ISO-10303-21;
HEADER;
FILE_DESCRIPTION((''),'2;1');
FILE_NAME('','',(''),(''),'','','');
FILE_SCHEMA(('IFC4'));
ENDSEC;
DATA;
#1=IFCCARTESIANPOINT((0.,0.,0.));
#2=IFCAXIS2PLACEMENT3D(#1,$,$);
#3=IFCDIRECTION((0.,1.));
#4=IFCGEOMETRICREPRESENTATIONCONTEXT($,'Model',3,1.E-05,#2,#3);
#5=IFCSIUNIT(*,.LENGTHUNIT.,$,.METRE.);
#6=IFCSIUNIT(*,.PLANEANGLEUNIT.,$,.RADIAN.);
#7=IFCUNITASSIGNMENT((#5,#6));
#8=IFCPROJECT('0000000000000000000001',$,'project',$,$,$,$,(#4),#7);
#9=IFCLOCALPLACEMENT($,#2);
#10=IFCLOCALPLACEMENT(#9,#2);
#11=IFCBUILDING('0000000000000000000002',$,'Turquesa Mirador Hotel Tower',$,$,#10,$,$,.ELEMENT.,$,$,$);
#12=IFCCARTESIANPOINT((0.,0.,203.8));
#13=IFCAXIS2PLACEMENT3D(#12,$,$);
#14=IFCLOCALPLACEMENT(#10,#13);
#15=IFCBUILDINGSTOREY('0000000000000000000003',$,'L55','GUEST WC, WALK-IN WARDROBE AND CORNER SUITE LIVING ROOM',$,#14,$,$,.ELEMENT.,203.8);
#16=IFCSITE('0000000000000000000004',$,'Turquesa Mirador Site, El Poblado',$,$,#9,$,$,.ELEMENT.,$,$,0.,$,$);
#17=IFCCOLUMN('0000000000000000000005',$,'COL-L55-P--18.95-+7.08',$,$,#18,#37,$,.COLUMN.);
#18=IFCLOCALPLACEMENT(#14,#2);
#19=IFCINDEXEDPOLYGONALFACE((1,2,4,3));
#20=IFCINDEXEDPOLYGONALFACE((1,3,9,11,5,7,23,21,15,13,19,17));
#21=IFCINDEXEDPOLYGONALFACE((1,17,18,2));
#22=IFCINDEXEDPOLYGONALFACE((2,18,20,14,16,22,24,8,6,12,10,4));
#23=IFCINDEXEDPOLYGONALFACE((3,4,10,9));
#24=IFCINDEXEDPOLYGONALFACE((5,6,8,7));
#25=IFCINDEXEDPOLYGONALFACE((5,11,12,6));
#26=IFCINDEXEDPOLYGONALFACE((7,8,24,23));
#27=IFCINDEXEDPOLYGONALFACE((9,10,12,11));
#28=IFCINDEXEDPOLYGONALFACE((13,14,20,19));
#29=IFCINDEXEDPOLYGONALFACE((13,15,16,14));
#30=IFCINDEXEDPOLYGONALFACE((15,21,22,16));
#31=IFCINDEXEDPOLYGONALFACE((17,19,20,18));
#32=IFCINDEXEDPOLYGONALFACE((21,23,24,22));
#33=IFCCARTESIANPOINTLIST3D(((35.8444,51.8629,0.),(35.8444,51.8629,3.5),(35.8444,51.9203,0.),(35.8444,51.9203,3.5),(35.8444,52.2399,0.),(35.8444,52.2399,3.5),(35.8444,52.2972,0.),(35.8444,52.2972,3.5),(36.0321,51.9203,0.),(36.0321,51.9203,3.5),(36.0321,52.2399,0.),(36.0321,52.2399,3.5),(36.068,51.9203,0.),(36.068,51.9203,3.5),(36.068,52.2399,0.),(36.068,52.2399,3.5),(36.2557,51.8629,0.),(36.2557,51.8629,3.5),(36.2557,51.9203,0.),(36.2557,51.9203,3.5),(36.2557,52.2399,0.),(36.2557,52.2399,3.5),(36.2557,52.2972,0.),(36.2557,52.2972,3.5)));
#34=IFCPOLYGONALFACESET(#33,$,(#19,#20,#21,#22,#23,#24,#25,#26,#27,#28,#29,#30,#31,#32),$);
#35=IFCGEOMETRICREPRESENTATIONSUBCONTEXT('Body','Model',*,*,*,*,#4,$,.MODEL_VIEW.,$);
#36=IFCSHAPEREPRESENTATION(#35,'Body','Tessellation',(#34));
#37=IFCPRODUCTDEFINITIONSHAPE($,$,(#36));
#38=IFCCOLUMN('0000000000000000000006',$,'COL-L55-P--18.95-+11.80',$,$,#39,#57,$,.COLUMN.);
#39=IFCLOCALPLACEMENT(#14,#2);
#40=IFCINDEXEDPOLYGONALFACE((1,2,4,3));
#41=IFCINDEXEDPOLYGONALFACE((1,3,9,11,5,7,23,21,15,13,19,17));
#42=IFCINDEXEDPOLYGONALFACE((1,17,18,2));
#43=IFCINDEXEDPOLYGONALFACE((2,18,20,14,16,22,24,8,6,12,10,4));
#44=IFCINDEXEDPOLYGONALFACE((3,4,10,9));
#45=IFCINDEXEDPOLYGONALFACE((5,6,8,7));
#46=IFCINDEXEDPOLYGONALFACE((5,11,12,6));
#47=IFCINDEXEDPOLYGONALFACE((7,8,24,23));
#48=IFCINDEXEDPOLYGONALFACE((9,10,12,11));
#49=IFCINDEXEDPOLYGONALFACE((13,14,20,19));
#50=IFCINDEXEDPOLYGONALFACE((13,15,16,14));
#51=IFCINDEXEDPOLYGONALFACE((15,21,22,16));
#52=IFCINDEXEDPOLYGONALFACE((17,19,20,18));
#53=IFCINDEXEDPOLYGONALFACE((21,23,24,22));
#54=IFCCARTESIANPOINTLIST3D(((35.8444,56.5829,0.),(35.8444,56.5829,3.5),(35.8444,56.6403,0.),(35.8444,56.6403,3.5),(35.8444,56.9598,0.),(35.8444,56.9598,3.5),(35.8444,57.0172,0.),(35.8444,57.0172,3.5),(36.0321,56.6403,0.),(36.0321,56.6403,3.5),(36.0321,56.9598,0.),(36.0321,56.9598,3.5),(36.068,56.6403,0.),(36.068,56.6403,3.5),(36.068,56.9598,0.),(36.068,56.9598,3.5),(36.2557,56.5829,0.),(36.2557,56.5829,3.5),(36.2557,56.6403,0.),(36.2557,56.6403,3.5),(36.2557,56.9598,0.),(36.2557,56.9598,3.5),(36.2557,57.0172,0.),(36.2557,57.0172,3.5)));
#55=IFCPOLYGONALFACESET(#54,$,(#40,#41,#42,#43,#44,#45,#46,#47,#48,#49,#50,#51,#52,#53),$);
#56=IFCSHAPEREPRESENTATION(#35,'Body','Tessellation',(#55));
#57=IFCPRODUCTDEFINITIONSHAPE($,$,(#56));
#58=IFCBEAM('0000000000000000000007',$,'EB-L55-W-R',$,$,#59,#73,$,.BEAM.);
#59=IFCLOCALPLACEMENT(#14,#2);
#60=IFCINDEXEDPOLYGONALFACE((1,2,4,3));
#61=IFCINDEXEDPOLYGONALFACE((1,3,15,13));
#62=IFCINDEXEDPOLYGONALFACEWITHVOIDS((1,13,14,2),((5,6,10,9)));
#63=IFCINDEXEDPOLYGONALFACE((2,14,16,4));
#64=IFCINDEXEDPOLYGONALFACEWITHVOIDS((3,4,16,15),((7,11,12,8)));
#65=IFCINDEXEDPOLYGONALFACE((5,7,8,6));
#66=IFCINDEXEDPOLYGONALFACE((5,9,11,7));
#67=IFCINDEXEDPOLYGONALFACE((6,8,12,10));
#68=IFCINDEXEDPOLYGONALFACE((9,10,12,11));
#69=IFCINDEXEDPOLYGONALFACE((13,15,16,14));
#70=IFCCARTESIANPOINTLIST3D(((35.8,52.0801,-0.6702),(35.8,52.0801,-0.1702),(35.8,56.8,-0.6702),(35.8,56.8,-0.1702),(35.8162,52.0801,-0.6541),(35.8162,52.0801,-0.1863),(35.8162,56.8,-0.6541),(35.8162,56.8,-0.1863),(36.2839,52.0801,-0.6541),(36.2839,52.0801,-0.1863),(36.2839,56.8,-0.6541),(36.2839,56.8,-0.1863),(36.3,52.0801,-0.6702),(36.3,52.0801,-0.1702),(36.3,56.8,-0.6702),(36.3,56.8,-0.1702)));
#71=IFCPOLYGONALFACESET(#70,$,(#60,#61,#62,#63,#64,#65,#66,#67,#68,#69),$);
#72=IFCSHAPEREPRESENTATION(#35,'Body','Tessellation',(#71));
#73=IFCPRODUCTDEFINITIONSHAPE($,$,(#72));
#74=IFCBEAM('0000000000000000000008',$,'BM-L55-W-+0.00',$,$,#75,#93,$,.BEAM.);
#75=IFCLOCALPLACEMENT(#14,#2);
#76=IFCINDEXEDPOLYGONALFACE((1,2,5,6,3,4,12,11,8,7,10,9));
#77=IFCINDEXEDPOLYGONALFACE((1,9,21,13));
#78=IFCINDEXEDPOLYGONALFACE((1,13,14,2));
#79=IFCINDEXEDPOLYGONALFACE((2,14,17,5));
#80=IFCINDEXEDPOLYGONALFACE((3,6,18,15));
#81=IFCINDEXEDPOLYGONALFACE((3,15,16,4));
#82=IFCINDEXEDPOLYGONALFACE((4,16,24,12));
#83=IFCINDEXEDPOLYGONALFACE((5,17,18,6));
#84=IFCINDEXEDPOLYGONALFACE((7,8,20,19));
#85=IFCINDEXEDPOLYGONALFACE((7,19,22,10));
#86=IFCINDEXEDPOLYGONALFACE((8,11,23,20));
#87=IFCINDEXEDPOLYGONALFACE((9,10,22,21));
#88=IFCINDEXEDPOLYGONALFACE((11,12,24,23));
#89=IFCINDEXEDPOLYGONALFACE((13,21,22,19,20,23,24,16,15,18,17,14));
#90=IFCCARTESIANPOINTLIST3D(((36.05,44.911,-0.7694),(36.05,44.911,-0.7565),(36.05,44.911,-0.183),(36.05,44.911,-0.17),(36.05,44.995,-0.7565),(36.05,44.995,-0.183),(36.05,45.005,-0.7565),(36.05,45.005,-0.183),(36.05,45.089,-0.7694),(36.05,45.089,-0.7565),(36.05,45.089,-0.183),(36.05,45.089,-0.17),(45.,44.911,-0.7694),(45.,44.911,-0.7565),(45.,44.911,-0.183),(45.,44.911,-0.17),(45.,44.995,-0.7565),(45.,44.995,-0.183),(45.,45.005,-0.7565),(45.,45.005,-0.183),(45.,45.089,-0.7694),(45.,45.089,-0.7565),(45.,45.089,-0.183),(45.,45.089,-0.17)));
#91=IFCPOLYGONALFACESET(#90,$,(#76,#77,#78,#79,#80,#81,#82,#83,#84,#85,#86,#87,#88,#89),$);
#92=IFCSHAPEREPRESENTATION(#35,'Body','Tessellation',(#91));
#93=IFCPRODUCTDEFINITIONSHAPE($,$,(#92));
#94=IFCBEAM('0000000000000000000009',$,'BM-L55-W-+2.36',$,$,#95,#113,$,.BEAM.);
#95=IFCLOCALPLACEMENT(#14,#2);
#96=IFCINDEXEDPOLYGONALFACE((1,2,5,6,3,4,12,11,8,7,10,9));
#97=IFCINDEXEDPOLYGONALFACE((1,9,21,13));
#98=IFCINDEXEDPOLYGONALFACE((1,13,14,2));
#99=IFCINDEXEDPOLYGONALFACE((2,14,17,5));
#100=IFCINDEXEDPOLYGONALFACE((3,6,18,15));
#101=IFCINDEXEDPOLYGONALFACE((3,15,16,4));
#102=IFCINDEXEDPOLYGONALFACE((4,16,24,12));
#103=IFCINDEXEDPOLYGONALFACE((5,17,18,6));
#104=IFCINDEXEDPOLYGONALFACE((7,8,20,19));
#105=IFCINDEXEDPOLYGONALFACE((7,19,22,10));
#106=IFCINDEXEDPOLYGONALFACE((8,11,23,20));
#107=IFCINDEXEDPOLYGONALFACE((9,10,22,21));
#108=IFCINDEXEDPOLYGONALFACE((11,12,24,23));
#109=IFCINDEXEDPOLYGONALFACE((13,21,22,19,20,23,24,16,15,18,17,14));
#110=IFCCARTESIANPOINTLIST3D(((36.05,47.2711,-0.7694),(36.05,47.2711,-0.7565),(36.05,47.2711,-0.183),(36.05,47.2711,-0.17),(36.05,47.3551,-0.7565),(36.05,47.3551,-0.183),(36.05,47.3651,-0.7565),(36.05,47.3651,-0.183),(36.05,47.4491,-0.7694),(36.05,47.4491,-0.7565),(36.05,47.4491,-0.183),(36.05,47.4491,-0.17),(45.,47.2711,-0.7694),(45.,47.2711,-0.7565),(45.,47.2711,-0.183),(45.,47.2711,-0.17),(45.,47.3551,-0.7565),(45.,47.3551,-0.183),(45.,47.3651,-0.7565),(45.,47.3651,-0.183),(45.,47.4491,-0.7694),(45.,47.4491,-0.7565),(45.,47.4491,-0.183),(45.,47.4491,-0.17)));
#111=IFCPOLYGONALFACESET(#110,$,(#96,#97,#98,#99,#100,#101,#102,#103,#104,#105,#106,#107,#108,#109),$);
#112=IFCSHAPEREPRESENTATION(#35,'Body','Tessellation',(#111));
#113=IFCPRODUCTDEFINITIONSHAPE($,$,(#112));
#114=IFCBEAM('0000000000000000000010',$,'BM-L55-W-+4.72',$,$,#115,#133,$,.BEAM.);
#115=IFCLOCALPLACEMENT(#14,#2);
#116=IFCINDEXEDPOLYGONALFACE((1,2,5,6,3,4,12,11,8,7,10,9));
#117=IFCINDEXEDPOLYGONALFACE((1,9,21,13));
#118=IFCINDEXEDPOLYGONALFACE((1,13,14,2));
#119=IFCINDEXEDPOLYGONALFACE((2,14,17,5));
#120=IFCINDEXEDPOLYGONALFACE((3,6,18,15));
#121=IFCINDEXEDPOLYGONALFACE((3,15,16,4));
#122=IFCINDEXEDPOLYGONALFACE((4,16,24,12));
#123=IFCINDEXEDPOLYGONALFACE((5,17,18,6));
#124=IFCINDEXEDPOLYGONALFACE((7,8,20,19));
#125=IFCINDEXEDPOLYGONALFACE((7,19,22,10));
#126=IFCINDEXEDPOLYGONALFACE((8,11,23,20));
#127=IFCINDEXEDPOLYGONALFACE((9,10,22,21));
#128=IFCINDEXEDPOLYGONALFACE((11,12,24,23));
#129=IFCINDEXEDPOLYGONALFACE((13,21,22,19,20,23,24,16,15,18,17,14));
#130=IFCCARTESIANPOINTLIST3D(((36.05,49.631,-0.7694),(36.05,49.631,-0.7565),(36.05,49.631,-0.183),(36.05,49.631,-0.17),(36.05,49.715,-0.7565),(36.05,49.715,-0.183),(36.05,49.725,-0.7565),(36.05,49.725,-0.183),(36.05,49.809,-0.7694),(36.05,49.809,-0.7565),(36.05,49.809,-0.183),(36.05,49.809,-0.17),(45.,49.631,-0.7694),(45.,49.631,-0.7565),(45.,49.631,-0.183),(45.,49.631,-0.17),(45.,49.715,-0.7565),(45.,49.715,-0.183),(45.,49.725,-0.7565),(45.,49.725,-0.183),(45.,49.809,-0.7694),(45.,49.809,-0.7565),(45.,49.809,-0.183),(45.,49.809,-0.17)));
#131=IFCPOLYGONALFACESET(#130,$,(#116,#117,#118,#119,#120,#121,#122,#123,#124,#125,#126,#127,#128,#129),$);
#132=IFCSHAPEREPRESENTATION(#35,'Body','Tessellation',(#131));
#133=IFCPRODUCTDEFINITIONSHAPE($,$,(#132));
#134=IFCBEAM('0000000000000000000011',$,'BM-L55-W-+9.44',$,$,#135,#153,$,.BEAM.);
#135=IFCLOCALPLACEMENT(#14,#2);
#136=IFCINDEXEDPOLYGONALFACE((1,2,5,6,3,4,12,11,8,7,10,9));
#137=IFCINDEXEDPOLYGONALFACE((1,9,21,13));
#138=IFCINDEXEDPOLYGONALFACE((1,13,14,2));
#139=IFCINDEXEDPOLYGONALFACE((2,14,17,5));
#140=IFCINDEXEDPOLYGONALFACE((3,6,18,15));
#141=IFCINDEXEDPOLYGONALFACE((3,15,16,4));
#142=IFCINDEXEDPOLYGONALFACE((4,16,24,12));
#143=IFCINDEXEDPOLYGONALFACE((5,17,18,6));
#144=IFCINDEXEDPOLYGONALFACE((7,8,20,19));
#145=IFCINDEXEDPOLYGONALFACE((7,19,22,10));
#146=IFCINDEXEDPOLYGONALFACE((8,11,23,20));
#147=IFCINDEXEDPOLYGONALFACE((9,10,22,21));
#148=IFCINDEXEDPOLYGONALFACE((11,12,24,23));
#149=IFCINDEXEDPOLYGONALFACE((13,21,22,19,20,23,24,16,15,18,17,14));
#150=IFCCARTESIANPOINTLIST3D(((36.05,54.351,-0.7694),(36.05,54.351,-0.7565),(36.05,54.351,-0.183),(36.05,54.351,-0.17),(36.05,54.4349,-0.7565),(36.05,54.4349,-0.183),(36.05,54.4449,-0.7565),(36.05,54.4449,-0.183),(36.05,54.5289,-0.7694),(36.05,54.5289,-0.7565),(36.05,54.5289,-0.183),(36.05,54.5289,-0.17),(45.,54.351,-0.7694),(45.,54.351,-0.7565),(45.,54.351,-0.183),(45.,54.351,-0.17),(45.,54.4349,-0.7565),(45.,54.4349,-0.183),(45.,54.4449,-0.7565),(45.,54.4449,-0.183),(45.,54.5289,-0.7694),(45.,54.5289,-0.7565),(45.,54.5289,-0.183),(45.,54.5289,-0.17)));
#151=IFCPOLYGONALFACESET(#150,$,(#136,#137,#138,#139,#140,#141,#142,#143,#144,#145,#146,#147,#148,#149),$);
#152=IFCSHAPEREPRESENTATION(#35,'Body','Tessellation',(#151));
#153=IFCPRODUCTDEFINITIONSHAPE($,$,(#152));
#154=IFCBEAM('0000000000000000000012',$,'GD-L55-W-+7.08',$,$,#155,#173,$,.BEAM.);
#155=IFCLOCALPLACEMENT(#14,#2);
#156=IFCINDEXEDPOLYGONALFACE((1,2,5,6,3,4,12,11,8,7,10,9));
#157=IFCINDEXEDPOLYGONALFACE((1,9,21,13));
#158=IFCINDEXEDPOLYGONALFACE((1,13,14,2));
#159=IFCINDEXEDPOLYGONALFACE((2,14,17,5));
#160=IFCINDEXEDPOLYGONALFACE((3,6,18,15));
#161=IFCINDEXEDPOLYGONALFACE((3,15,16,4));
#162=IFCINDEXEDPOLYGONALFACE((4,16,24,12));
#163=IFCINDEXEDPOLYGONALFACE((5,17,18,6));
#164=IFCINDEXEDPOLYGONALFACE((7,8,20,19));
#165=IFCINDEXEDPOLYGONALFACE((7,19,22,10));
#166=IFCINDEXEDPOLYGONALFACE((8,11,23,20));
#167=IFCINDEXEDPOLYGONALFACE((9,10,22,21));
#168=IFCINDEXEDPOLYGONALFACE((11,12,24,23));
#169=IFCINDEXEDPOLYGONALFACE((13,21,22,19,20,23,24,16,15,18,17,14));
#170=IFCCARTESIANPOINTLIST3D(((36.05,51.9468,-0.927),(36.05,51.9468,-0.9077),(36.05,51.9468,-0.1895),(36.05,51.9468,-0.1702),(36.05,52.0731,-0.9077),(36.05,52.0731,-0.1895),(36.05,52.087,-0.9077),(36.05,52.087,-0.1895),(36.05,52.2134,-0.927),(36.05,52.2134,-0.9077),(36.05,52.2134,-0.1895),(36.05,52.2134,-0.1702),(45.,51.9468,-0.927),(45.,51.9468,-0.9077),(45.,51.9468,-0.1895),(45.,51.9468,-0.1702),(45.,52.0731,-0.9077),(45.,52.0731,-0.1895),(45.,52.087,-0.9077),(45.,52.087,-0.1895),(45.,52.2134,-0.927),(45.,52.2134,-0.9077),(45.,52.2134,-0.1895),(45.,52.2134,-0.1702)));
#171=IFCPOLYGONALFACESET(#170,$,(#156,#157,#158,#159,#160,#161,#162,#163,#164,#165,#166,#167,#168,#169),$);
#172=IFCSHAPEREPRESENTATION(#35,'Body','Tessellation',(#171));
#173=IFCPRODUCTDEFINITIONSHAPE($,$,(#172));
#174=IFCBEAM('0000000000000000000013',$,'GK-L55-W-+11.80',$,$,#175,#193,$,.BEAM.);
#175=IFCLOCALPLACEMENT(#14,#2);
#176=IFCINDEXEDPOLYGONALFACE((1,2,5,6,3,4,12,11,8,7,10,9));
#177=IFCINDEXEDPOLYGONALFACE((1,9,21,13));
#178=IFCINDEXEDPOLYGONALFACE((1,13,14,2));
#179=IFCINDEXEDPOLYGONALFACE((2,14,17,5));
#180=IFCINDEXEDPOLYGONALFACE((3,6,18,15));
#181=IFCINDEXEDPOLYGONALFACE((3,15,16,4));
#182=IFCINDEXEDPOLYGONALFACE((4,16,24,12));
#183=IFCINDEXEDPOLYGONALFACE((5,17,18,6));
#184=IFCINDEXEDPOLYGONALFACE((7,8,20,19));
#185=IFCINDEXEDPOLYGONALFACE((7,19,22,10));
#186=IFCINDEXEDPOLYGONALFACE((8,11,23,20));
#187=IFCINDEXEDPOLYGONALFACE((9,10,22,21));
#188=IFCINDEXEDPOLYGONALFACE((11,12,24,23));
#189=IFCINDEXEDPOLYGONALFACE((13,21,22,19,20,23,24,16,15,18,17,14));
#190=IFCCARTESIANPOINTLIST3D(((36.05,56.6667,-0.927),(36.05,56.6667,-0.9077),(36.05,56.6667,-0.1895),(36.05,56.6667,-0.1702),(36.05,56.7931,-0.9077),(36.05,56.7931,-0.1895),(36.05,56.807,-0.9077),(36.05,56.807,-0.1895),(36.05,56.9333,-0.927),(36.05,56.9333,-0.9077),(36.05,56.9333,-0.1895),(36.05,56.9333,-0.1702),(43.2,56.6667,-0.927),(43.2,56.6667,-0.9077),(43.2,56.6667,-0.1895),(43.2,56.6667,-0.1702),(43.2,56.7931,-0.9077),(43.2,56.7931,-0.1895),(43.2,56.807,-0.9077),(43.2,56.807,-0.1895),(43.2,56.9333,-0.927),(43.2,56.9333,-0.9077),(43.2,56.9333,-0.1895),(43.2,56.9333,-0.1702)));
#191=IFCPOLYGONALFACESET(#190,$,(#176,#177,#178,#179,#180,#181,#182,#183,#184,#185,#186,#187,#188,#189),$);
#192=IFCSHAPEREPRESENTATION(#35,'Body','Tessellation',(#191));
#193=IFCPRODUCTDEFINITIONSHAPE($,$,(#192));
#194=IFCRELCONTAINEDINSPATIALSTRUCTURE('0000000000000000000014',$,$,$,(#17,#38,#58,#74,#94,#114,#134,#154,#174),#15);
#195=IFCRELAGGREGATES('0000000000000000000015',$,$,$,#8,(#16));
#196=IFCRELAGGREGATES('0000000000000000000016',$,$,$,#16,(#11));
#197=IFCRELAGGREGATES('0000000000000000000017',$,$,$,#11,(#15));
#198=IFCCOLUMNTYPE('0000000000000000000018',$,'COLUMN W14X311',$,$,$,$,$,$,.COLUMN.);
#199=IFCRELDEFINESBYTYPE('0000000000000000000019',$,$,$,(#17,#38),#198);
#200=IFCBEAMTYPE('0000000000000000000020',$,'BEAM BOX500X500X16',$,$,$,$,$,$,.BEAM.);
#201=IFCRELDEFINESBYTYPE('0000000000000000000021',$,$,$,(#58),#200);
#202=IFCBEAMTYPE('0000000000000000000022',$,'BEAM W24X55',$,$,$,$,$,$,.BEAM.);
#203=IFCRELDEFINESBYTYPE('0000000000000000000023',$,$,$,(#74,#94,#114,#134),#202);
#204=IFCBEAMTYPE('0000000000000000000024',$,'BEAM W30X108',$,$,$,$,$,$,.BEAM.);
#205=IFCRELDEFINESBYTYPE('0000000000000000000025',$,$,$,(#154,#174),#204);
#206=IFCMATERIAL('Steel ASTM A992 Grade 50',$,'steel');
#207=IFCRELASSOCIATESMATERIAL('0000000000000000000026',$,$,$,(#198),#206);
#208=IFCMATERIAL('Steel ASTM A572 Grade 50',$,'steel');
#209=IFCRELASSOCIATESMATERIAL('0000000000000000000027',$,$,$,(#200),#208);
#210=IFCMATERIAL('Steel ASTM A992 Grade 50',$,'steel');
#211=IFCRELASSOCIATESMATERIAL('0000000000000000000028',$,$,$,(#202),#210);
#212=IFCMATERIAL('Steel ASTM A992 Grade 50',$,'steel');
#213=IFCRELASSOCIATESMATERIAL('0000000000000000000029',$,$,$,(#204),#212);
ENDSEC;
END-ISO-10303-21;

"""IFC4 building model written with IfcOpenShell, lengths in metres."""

from ifc_helpers import new_model, si_unit, direction, frame, origin, origin_2d, place, context, subcontext, project, spatial, hollow_rectangle, i_section, extrude, material, material_profile, profile_set, type_object, element, save


model = new_model("IFC4")

# Units and contexts
model_context = context("Model", 3, precision=1e-05, world=origin(), true_north=direction((0.0, 1.0)))
body_context = subcontext(model_context, "Body", "Model", "MODEL_VIEW")
ifc_project = project(units=[si_unit("LENGTHUNIT", "METRE"), si_unit("PLANEANGLEUNIT", "RADIAN")], contexts=[model_context])

# Site, building, storey
site_placement = place(None, origin())
site = spatial("IfcSite", under=ifc_project, at=site_placement, Name="Turquesa Mirador Site, El Poblado", CompositionType="ELEMENT", RefElevation=0.0)
building_placement = place(site_placement, origin())
building = spatial("IfcBuilding", under=site, at=building_placement, Name="Turquesa Mirador Hotel Tower", CompositionType="ELEMENT")
storey_placement = place(building_placement, frame((0.0, 0.0, 203.8)))
storey = spatial("IfcBuildingStorey", under=building, at=storey_placement, Name="L55", Description="GUEST WC, WALK-IN WARDROBE AND CORNER SUITE LIVING ROOM", CompositionType="ELEMENT", Elevation=203.8)

# Columns
ifc_material_1 = material(Name="Steel ASTM A992 Grade 50", Category="steel")
ifc_material_profile_1 = material_profile(ifc_material_1, i_section(OverallWidth=0.4114, OverallDepth=0.4343, WebThickness=0.0359, FlangeThickness=0.0574, at=origin_2d()), Name="W14X311")
ifc_profile_set_1 = profile_set([ifc_material_profile_1], Name="Steel ASTM A992 Grade 50")
column_type = type_object("IfcColumnType", Name="COLUMN W14X311", PredefinedType="COLUMN", material=ifc_profile_set_1)
for number, where, z_axis, x_axis, name in (
    (1, (36.05, 52.0801, 0.0), (0.0, 0.0, 1.0), (1.0, 0.0, 0.0), "COL-L55-P--18.95-+7.08"),
    (2, (36.05, 56.8, 0.0), (0.0, 0.0, 1.0), (1.0, 0.0, 0.0), "COL-L55-P--18.95-+11.80"),
):
    element("IfcColumn", number, at=place(storey_placement, frame(where, z_axis=z_axis, x_axis=x_axis)), inside=storey, type_object=column_type, Name=name, PredefinedType="COLUMN", context=body_context, shape_type="SweptSolid", body=[
        extrude(i_section(OverallWidth=0.4114, OverallDepth=0.4343, WebThickness=0.0359, FlangeThickness=0.0574, at=origin_2d()), origin(), (0.0, 0.0, 1.0), 3.5),
    ])

# Beams
ifc_material_2 = material(Name="Steel ASTM A572 Grade 50", Category="steel")
ifc_material_profile_2 = material_profile(ifc_material_2, hollow_rectangle(XDim=0.5, YDim=0.5, WallThickness=0.0161, at=origin_2d()), Name="BOX500X500X16")
ifc_profile_set_2 = profile_set([ifc_material_profile_2], Name="Steel ASTM A572 Grade 50")
beam_type_1 = type_object("IfcBeamType", Name="BEAM BOX500X500X16", PredefinedType="BEAM", material=ifc_profile_set_2)
beam_1_placement = place(storey_placement, frame((36.05, 52.0801, -0.4202), z_axis=(0.0, 1.0, 0.0), x_axis=(-1.0, 0.0, 0.0)))
element("IfcBeam", 3, at=beam_1_placement, inside=storey, type_object=beam_type_1, Name="EB-L55-W-R", PredefinedType="BEAM", context=body_context, shape_type="SweptSolid", body=[
    extrude(hollow_rectangle(XDim=0.5, YDim=0.5, WallThickness=0.0161, at=origin_2d()), origin(), (0.0, 0.0, 1.0), 4.72),
])
ifc_material_3 = material(Name="Steel ASTM A992 Grade 50", Category="steel")
ifc_material_profile_3 = material_profile(ifc_material_3, i_section(OverallWidth=0.178, OverallDepth=0.5994, WebThickness=0.01, FlangeThickness=0.0129, at=origin_2d()), Name="W24X55")
ifc_profile_set_3 = profile_set([ifc_material_profile_3], Name="Steel ASTM A992 Grade 50")
beam_type_2 = type_object("IfcBeamType", Name="BEAM W24X55", PredefinedType="BEAM", material=ifc_profile_set_3)
for number, where, z_axis, x_axis, name in (
    (4, (36.05, 45.0, -0.4697), (1.0, 0.0, 0.0), (0.0, 1.0, 0.0), "BM-L55-W-+0.00"),
    (5, (36.05, 47.3601, -0.4697), (1.0, 0.0, 0.0), (0.0, 1.0, 0.0), "BM-L55-W-+2.36"),
    (6, (36.05, 49.72, -0.4697), (1.0, 0.0, 0.0), (0.0, 1.0, 0.0), "BM-L55-W-+4.72"),
    (7, (36.05, 54.4399, -0.4697), (1.0, 0.0, 0.0), (0.0, 1.0, 0.0), "BM-L55-W-+9.44"),
):
    element("IfcBeam", number, at=place(storey_placement, frame(where, z_axis=z_axis, x_axis=x_axis)), inside=storey, type_object=beam_type_2, Name=name, PredefinedType="BEAM", context=body_context, shape_type="SweptSolid", body=[
        extrude(i_section(OverallWidth=0.178, OverallDepth=0.5994, WebThickness=0.01, FlangeThickness=0.0129, at=origin_2d()), origin(), (0.0, 0.0, 1.0), 8.95),
    ])
ifc_material_4 = material(Name="Steel ASTM A992 Grade 50", Category="steel")
ifc_material_profile_4 = material_profile(ifc_material_4, i_section(OverallWidth=0.2666, OverallDepth=0.7568, WebThickness=0.0139, FlangeThickness=0.0193, at=origin_2d()), Name="W30X108")
ifc_profile_set_4 = profile_set([ifc_material_profile_4], Name="Steel ASTM A992 Grade 50")
beam_type_3 = type_object("IfcBeamType", Name="BEAM W30X108", PredefinedType="BEAM", material=ifc_profile_set_4)
beam_2_placement = place(storey_placement, frame((36.05, 52.0801, -0.5486), z_axis=(1.0, 0.0, 0.0), x_axis=(0.0, 1.0, 0.0)))
element("IfcBeam", 8, at=beam_2_placement, inside=storey, type_object=beam_type_3, Name="GD-L55-W-+7.08", PredefinedType="BEAM", context=body_context, shape_type="SweptSolid", body=[
    extrude(i_section(OverallWidth=0.2666, OverallDepth=0.7568, WebThickness=0.0139, FlangeThickness=0.0193, at=origin_2d()), origin(), (0.0, 0.0, 1.0), 8.95),
])
beam_3_placement = place(storey_placement, frame((36.05, 56.8, -0.5486), z_axis=(1.0, 0.0, 0.0), x_axis=(0.0, 1.0, 0.0)))
element("IfcBeam", 9, at=beam_3_placement, inside=storey, type_object=beam_type_3, Name="GK-L55-W-+11.80", PredefinedType="BEAM", context=body_context, shape_type="SweptSolid", body=[
    extrude(i_section(OverallWidth=0.2666, OverallDepth=0.7568, WebThickness=0.0139, FlangeThickness=0.0193, at=origin_2d()), origin(), (0.0, 0.0, 1.0), 7.1499),
])

save(model, "model.ifc")
